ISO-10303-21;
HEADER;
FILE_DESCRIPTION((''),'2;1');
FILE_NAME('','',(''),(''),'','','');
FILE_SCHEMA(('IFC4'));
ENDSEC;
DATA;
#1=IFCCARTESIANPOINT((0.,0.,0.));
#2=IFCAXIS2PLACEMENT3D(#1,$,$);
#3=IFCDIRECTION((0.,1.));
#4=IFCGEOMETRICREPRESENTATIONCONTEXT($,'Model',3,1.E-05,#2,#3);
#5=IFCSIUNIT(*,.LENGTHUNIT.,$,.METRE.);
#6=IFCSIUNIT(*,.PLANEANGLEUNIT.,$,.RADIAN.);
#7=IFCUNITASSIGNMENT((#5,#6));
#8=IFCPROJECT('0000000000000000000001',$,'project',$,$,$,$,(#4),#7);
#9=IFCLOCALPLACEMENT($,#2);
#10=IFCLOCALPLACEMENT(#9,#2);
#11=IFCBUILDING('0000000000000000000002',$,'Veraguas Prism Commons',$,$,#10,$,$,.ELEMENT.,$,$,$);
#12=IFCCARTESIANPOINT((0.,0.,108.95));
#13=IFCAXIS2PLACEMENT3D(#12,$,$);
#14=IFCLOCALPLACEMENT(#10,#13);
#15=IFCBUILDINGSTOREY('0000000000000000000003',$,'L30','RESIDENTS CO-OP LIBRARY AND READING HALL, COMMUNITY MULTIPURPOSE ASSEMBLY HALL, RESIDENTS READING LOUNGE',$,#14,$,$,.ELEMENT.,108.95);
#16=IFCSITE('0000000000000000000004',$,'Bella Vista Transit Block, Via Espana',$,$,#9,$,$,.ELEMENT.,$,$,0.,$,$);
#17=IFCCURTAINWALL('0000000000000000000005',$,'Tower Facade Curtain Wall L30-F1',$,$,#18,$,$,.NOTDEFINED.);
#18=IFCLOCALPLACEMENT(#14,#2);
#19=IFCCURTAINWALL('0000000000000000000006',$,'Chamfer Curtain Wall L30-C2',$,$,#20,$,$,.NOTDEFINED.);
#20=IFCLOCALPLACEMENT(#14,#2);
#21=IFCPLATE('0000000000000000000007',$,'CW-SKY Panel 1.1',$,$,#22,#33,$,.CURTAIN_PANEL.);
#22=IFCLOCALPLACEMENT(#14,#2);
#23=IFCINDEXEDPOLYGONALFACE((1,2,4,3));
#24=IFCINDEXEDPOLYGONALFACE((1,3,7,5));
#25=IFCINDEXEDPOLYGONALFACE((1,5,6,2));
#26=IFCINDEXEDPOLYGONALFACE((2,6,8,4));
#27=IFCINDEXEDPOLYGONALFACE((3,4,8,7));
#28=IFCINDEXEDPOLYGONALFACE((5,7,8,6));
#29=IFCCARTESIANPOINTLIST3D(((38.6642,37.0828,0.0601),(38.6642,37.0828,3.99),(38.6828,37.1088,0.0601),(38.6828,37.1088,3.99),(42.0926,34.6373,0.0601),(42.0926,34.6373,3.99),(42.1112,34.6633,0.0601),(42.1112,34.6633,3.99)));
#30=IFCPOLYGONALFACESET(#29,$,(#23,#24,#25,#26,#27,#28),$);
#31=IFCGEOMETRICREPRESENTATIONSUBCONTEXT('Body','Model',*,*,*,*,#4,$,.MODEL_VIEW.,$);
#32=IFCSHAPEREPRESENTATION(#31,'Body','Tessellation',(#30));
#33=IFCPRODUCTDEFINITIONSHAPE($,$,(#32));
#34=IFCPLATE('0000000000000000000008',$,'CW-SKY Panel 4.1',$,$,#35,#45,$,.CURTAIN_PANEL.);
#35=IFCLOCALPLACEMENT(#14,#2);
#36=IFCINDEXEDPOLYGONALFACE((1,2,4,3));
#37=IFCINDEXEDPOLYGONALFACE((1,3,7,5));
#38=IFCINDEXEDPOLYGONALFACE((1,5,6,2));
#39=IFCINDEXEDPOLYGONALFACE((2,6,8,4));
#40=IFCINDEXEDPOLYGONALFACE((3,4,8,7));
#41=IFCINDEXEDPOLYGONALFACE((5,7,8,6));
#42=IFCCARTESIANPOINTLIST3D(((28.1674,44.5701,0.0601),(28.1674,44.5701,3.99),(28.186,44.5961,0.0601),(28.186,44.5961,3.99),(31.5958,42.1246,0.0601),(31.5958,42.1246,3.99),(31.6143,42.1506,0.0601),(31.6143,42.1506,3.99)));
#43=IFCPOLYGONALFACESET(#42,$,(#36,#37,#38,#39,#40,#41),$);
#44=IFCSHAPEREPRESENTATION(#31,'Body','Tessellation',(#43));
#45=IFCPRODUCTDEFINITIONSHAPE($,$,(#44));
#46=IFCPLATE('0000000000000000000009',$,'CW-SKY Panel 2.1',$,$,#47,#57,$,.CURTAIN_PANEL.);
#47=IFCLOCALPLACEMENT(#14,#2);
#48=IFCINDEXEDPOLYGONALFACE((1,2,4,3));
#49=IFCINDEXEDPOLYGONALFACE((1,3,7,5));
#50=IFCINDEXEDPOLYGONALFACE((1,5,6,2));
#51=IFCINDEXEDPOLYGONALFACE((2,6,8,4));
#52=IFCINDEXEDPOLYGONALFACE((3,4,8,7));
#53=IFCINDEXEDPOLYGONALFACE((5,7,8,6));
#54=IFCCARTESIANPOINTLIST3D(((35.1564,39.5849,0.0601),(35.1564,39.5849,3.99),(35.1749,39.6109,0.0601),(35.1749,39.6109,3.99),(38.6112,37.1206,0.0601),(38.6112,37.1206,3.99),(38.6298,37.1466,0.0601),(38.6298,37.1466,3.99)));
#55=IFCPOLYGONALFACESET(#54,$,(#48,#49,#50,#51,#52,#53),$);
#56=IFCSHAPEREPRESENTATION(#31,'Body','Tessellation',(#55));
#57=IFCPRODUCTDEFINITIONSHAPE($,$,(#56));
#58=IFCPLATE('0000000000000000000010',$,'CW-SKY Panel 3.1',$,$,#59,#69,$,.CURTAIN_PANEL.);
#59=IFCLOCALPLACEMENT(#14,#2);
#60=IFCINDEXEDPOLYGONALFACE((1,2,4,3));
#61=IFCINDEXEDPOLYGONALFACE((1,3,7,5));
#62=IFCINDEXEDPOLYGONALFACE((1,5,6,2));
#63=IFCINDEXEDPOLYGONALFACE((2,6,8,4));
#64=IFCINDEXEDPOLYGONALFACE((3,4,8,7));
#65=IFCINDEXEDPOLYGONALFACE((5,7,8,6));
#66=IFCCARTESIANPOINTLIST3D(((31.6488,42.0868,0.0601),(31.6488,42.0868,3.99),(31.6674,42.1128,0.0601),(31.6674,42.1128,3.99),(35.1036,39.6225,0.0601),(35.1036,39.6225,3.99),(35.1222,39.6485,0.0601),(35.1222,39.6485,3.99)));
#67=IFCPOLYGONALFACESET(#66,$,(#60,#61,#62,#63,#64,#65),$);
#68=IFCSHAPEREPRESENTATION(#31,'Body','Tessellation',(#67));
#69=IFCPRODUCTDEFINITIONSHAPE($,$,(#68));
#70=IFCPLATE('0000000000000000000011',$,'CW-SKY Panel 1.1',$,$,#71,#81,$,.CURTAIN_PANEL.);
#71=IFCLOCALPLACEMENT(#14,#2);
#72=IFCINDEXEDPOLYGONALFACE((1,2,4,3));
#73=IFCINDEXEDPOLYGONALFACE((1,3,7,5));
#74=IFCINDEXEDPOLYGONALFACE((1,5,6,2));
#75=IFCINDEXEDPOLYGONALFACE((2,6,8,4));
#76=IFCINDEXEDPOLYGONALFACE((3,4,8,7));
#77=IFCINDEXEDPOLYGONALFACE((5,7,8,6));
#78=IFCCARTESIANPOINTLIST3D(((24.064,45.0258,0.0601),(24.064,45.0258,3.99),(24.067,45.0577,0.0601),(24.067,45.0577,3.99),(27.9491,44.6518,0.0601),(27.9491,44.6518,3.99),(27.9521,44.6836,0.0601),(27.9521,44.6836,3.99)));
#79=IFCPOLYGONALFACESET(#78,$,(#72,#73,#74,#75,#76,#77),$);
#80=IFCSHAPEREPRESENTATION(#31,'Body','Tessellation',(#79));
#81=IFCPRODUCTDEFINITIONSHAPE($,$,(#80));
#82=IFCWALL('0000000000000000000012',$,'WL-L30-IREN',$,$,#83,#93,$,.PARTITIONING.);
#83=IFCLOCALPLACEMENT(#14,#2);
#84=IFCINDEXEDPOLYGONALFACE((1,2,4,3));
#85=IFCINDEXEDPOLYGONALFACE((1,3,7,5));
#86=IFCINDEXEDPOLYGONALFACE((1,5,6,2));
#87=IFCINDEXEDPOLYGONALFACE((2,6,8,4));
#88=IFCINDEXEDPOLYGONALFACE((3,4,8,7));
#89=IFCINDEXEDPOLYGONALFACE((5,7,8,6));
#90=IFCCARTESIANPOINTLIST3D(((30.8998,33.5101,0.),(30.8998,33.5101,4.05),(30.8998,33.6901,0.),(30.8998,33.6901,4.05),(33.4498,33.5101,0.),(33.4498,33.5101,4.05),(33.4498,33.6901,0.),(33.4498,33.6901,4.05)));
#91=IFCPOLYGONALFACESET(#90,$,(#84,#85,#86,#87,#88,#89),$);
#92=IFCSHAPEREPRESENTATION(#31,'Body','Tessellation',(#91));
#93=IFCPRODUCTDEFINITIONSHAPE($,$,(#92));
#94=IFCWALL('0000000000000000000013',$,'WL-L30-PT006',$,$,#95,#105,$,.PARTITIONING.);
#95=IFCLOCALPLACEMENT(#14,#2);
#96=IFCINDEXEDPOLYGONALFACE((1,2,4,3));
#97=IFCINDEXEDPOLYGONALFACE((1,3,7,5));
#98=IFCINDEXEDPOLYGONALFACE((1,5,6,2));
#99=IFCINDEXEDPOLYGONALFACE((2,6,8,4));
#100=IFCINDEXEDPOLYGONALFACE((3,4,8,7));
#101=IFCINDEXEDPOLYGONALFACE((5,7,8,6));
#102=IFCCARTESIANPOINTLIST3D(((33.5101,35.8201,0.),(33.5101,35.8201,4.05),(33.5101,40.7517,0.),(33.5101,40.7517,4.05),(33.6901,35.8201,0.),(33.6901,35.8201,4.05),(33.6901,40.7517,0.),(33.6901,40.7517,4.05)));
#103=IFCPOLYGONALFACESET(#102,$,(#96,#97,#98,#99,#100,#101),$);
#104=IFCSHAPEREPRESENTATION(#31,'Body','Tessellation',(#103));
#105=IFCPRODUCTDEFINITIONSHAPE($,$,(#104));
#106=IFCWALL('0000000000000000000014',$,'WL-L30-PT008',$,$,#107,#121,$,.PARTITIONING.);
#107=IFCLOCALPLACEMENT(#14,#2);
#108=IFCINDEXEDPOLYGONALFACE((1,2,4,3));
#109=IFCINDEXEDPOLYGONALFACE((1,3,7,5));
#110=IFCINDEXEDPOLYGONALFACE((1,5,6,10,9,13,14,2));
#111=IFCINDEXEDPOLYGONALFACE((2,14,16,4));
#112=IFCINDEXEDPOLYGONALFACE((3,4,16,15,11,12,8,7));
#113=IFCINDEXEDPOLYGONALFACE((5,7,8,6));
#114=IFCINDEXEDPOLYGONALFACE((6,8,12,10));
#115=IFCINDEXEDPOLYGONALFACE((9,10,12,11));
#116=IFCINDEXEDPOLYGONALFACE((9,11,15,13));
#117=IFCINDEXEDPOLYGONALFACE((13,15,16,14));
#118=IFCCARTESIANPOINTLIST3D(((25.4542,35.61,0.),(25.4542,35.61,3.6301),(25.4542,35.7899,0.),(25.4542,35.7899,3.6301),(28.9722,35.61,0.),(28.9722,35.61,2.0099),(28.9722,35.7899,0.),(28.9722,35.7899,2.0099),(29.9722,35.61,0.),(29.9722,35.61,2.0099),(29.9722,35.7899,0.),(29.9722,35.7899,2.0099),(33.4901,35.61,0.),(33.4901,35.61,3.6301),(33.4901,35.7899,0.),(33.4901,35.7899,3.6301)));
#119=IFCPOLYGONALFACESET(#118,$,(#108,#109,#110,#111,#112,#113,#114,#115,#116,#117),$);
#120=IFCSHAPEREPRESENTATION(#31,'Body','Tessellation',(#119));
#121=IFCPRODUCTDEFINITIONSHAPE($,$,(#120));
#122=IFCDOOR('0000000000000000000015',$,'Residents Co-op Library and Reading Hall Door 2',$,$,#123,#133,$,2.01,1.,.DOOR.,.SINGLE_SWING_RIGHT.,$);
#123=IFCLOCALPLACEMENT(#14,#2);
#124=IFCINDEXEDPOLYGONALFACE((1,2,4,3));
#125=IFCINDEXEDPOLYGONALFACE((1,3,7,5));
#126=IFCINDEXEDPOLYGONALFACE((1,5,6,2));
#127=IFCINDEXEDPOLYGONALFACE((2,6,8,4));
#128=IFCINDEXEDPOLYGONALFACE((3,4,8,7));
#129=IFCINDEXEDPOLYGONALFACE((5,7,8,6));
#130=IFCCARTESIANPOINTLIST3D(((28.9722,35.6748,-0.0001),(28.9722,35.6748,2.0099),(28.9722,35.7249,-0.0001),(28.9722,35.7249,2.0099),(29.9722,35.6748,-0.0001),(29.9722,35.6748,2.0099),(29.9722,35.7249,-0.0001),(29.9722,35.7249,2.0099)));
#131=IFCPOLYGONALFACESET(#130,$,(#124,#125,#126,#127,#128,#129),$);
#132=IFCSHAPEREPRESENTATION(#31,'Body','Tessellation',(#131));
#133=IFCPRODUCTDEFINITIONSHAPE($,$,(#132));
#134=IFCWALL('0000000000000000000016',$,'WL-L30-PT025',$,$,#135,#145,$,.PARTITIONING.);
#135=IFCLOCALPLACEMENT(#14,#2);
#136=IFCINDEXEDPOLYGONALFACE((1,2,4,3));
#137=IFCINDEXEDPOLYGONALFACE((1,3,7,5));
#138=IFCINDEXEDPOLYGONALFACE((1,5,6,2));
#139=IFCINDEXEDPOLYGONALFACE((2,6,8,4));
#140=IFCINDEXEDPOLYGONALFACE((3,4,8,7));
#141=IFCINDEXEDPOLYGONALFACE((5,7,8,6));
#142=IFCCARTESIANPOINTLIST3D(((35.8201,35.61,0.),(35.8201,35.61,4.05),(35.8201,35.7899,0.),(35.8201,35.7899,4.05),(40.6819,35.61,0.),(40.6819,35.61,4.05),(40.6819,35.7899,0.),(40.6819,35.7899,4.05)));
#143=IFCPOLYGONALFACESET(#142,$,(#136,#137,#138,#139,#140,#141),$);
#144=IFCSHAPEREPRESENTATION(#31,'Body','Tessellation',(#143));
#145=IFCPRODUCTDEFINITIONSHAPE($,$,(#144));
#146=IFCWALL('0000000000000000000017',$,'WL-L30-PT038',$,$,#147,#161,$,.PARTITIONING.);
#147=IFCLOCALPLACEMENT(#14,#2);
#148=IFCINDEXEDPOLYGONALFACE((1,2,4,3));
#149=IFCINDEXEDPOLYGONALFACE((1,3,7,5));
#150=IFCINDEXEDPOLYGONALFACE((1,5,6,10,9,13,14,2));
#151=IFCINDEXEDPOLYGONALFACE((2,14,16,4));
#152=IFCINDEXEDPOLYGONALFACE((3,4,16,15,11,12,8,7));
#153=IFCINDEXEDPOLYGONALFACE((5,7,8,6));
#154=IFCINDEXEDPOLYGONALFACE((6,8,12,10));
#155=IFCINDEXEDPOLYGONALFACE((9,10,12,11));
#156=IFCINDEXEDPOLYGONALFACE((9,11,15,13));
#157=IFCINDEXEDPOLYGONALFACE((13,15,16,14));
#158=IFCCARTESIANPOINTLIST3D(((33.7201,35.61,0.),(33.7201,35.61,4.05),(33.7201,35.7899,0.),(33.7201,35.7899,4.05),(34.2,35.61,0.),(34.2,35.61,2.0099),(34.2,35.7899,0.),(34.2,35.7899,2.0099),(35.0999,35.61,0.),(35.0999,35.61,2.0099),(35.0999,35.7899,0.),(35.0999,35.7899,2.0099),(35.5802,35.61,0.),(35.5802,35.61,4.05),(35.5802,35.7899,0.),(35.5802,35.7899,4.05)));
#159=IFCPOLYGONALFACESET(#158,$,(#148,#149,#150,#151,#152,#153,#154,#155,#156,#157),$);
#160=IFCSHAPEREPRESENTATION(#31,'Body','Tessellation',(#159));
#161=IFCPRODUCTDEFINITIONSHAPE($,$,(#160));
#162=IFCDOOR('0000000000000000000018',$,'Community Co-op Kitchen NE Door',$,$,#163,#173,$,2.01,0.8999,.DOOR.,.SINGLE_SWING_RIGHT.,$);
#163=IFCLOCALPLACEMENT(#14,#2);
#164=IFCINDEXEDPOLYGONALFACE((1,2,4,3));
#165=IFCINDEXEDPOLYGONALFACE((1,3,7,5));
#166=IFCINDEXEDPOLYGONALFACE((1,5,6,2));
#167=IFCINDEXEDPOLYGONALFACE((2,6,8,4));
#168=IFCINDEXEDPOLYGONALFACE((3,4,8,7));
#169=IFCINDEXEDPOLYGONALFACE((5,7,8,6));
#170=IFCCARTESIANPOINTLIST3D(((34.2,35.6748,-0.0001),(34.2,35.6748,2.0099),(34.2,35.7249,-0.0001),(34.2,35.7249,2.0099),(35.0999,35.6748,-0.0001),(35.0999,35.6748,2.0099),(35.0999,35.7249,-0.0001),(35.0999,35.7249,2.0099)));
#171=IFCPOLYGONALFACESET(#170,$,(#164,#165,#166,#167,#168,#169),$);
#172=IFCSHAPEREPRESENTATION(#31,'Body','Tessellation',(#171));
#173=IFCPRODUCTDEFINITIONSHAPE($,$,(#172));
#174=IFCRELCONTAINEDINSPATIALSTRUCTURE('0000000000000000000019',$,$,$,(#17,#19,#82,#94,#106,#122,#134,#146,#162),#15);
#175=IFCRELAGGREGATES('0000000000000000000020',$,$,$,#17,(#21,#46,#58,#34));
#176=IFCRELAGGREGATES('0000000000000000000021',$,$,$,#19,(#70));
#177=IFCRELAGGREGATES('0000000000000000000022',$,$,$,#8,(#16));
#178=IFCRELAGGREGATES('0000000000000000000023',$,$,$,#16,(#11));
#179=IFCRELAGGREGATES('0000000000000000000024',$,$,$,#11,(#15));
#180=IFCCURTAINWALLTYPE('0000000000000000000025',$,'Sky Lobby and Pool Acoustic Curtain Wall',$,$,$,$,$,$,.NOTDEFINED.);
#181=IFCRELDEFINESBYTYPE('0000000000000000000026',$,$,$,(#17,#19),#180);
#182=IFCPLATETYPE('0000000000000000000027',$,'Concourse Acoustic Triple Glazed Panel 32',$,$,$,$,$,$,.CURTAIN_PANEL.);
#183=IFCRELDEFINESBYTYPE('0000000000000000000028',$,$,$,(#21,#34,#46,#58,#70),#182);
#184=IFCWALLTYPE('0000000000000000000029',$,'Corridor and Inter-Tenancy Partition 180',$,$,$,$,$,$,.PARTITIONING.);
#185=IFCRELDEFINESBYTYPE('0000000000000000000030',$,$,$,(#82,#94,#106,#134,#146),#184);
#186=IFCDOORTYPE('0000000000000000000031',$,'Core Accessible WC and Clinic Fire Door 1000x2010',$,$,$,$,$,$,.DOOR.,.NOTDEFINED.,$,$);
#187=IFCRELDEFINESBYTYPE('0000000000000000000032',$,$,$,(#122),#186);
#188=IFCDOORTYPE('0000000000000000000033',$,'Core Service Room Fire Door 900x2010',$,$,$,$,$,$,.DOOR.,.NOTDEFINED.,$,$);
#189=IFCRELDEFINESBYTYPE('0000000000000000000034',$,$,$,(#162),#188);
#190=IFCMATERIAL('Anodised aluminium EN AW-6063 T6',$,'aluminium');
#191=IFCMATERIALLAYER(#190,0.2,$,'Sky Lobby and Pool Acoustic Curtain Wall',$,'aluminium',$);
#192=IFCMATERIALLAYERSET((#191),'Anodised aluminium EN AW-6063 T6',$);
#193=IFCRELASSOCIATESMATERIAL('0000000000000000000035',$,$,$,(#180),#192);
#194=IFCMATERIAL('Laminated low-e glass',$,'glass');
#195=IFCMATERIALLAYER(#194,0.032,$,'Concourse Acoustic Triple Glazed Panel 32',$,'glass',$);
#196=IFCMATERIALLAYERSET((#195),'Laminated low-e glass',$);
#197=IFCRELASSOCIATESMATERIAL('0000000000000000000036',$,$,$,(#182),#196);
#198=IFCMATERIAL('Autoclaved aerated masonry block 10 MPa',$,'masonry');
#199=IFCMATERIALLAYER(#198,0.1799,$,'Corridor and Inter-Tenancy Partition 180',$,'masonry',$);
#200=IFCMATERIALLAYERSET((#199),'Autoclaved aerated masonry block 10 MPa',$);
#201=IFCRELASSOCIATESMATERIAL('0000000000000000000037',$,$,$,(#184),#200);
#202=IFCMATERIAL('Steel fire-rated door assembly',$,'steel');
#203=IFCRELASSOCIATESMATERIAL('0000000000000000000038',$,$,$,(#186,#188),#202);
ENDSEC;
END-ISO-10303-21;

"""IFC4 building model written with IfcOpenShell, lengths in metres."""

from ifc_helpers import new_model, si_unit, direction, frame, frame_2d, origin, origin_2d, place, context, subcontext, project, spatial, rectangle, extrude, source, transform, mapped, material, layer, layer_set, type_object, element, fill, aggregate, save


model = new_model("IFC4")

# Units and contexts
model_context = context("Model", 3, precision=1e-05, world=origin(), true_north=direction((0.0, 1.0)))
body_context = subcontext(model_context, "Body", "Model", "MODEL_VIEW")
ifc_project = project(units=[si_unit("LENGTHUNIT", "METRE"), si_unit("PLANEANGLEUNIT", "RADIAN")], contexts=[model_context])

# Site, building, storey
site_placement = place(None, origin())
site = spatial("IfcSite", under=ifc_project, at=site_placement, Name="Bella Vista Transit Block, Via Espana", CompositionType="ELEMENT", RefElevation=0.0)
building_placement = place(site_placement, origin())
building = spatial("IfcBuilding", under=site, at=building_placement, Name="Veraguas Prism Commons", CompositionType="ELEMENT")
storey_placement = place(building_placement, frame((0.0, 0.0, 108.95)))
storey = spatial("IfcBuildingStorey", under=building, at=storey_placement, Name="L30", Description="RESIDENTS CO-OP LIBRARY AND READING HALL, COMMUNITY MULTIPURPOSE ASSEMBLY HALL, RESIDENTS READING LOUNGE", CompositionType="ELEMENT", Elevation=108.95)

# Curtain wall
ifc_material_1 = material(Name="Anodised aluminium EN AW-6063 T6", Category="aluminium")
ifc_layer_1 = layer(ifc_material_1, 0.2, Name="Sky Lobby and Pool Acoustic Curtain Wall", Category="aluminium")
ifc_layer_set_1 = layer_set([ifc_layer_1], Name="Anodised aluminium EN AW-6063 T6")
curtain_wall_type = type_object("IfcCurtainWallType", Name="Sky Lobby and Pool Acoustic Curtain Wall", PredefinedType="NOTDEFINED", material=ifc_layer_set_1)
curtain_wall_1_placement = place(storey_placement, origin())
curtain_wall_1 = element("IfcCurtainWall", 1, at=curtain_wall_1_placement, inside=storey, type_object=curtain_wall_type, Name="Tower Facade Curtain Wall L30-F1", PredefinedType="NOTDEFINED")

# Curtain wall
curtain_wall_2_placement = place(storey_placement, origin())
curtain_wall_2 = element("IfcCurtainWall", 2, at=curtain_wall_2_placement, inside=storey, type_object=curtain_wall_type, Name="Chamfer Curtain Wall L30-C2", PredefinedType="NOTDEFINED")

# Plates
ifc_material_2 = material(Name="Laminated low-e glass", Category="glass")
ifc_layer_2 = layer(ifc_material_2, 0.032, Name="Concourse Acoustic Triple Glazed Panel 32", Category="glass")
ifc_layer_set_2 = layer_set([ifc_layer_2], Name="Laminated low-e glass")
plate_type = type_object("IfcPlateType", Name="Concourse Acoustic Triple Glazed Panel 32", PredefinedType="CURTAIN_PANEL", material=ifc_layer_set_2)
shared_shape_1 = source(origin(), body_context, "Body", "SweptSolid", [
    extrude(rectangle(XDim=4.2112, YDim=0.032, at=origin_2d()), origin(), (0.0, 0.0, 1.0), 3.9299),
])
plate_1_placement = place(storey_placement, frame((40.3877, 35.873, 0.0601), z_axis=(0.0, 0.0, 1.0), x_axis=(-0.814115, 0.580704, 0.0)))
plate_1 = element("IfcPlate", 3, at=plate_1_placement, type_object=plate_type, Name="CW-SKY Panel 1.1", PredefinedType="CURTAIN_PANEL", context=body_context, shape_type="MappedRepresentation", body=[
    mapped(shared_shape_1, transform((0.0, 0.0, 0.0), scale=1.0)),
])
plate_2_placement = place(storey_placement, frame((29.8909, 43.3604, 0.0601), z_axis=(0.0, 0.0, 1.0), x_axis=(-0.814115, 0.580704, 0.0)))
plate_2 = element("IfcPlate", 4, at=plate_2_placement, type_object=plate_type, Name="CW-SKY Panel 4.1", PredefinedType="CURTAIN_PANEL", context=body_context, shape_type="MappedRepresentation", body=[
    mapped(shared_shape_1, transform((0.0, 0.0, 0.0), scale=1.0)),
])
shared_shape_2 = source(origin(), body_context, "Body", "SweptSolid", [
    extrude(rectangle(XDim=4.2437, YDim=0.032, at=origin_2d()), origin(), (0.0, 0.0, 1.0), 3.9299),
])
plate_3_placement = place(storey_placement, frame((36.8931, 38.3657, 0.0601), z_axis=(0.0, 0.0, 1.0), x_axis=(-0.814115, 0.580704, 0.0)))
plate_3 = element("IfcPlate", 5, at=plate_3_placement, type_object=plate_type, Name="CW-SKY Panel 2.1", PredefinedType="CURTAIN_PANEL", context=body_context, shape_type="MappedRepresentation", body=[
    mapped(shared_shape_2, transform((0.0, 0.0, 0.0), scale=1.0)),
])
plate_4_placement = place(storey_placement, frame((33.3855, 40.8677, 0.0601), z_axis=(0.0, 0.0, 1.0), x_axis=(-0.814115, 0.580704, 0.0)))
plate_4 = element("IfcPlate", 6, at=plate_4_placement, type_object=plate_type, Name="CW-SKY Panel 3.1", PredefinedType="CURTAIN_PANEL", context=body_context, shape_type="MappedRepresentation", body=[
    mapped(shared_shape_2, transform((0.0, 0.0, 0.0), scale=1.0)),
])
aggregate(curtain_wall_1, [plate_1, plate_3, plate_4, plate_2])
shared_shape_3 = source(origin(), body_context, "Body", "SweptSolid", [
    extrude(rectangle(XDim=3.9031, YDim=0.032, at=origin_2d()), origin(), (0.0, 0.0, 1.0), 3.9299),
])
plate_5_placement = place(storey_placement, frame((26.0081, 44.8547, 0.0601), z_axis=(0.0, 0.0, 1.0), x_axis=(-0.995398, 0.09583, 0.0)))
plate_5 = element("IfcPlate", 7, at=plate_5_placement, type_object=plate_type, Name="CW-SKY Panel 1.1", PredefinedType="CURTAIN_PANEL", context=body_context, shape_type="MappedRepresentation", body=[
    mapped(shared_shape_3, transform((0.0, 0.0, 0.0), scale=1.0)),
])
aggregate(curtain_wall_2, [plate_5])

# Walls
ifc_material_3 = material(Name="Autoclaved aerated masonry block 10 MPa", Category="masonry")
ifc_layer_3 = layer(ifc_material_3, 0.1799, Name="Corridor and Inter-Tenancy Partition 180", Category="masonry")
ifc_layer_set_3 = layer_set([ifc_layer_3], Name="Autoclaved aerated masonry block 10 MPa")
wall_type = type_object("IfcWallType", Name="Corridor and Inter-Tenancy Partition 180", PredefinedType="PARTITIONING", material=ifc_layer_set_3)
wall_1_placement = place(storey_placement, frame((30.8999, 33.6001, 0.0), z_axis=(0.0, 0.0, 1.0), x_axis=(1.0, 0.0, 0.0)))
element("IfcWall", 8, at=wall_1_placement, inside=storey, type_object=wall_type, Name="WL-L30-IREN", PredefinedType="PARTITIONING", context=body_context, shape_type="SweptSolid", body=[
    extrude(rectangle(XDim=2.55, YDim=0.1799, at=frame_2d((1.2749, 0.0))), origin(), (0.0, 0.0, 1.0), 4.05),
])
wall_2_placement = place(storey_placement, frame((33.6001, 35.8201, 0.0), z_axis=(0.0, 0.0, 1.0), x_axis=(0.0, 1.0, 0.0)))
element("IfcWall", 9, at=wall_2_placement, inside=storey, type_object=wall_type, Name="WL-L30-PT006", PredefinedType="PARTITIONING", context=body_context, shape_type="SweptSolid", body=[
    extrude(rectangle(XDim=4.9316, YDim=0.1799, at=frame_2d((2.4658, 0.0))), origin(), (0.0, 0.0, 1.0), 4.05),
])

# Wall, opening, door
wall_3_placement = place(storey_placement, frame((25.4541, 35.7, 0.0), z_axis=(0.0, 0.0, 1.0), x_axis=(1.0, 0.0, 0.0)))
wall_3 = element("IfcWall", 10, at=wall_3_placement, inside=storey, type_object=wall_type, Name="WL-L30-PT008", PredefinedType="PARTITIONING", context=body_context, shape_type="SweptSolid", body=[
    extrude(rectangle(XDim=8.0359, YDim=0.1799, at=frame_2d((4.0181, 0.0))), origin(), (0.0, 0.0, 1.0), 3.6301),
])
opening_1_placement = place(wall_3_placement, frame((3.5181, 0.0, 0.0)))
opening_1 = element("IfcOpeningElement", 11, at=opening_1_placement, cuts=wall_3, PredefinedType="OPENING", context=body_context, shape_type="SweptSolid", body=[
    extrude(rectangle(XDim=1.0, YDim=2.01, at=frame_2d((0.5, 1.0049))), frame((0.0, 0.0999, 0.0), z_axis=(0.0, -1.0, 0.0), x_axis=(1.0, 0.0, 0.0)), (0.0, 0.0, 1.0), 0.2),
])
ifc_material_4 = material(Name="Steel fire-rated door assembly", Category="steel")
door_type_1 = type_object("IfcDoorType", Name="Core Accessible WC and Clinic Fire Door 1000x2010", OperationType="NOTDEFINED", PredefinedType="DOOR", material=ifc_material_4)
shared_shape_4 = source(origin(), body_context, "Body", "SweptSolid", [
    extrude(rectangle(XDim=1.0, YDim=2.01, at=frame_2d((0.5, 1.0049))), frame((0.0, 0.0249, 0.0), z_axis=(0.0, -1.0, 0.0), x_axis=(1.0, 0.0, 0.0)), (0.0, 0.0, 1.0), 0.05),
])
door_1_placement = place(opening_1_placement, origin())
door_1 = element("IfcDoor", 12, at=door_1_placement, inside=storey, type_object=door_type_1, Name="Residents Co-op Library and Reading Hall Door 2", OperationType="SINGLE_SWING_RIGHT", OverallHeight=2.01, OverallWidth=1.0, PredefinedType="DOOR", context=body_context, shape_type="MappedRepresentation", body=[
    mapped(shared_shape_4, transform((0.0, 0.0, 0.0), scale=1.0)),
])
fill(opening_1, door_1)

# Wall
wall_4_placement = place(storey_placement, frame((35.8201, 35.7, 0.0), z_axis=(0.0, 0.0, 1.0), x_axis=(1.0, 0.0, 0.0)))
element("IfcWall", 13, at=wall_4_placement, inside=storey, type_object=wall_type, Name="WL-L30-PT025", PredefinedType="PARTITIONING", context=body_context, shape_type="SweptSolid", body=[
    extrude(rectangle(XDim=4.8618, YDim=0.1799, at=frame_2d((2.4309, 0.0))), origin(), (0.0, 0.0, 1.0), 4.05),
])

# Wall, opening, door
wall_5_placement = place(storey_placement, frame((33.72, 35.7, 0.0), z_axis=(0.0, 0.0, 1.0), x_axis=(1.0, 0.0, 0.0)))
wall_5 = element("IfcWall", 14, at=wall_5_placement, inside=storey, type_object=wall_type, Name="WL-L30-PT038", PredefinedType="PARTITIONING", context=body_context, shape_type="SweptSolid", body=[
    extrude(rectangle(XDim=1.8601, YDim=0.1799, at=frame_2d((0.9302, 0.0))), origin(), (0.0, 0.0, 1.0), 4.05),
])
opening_2_placement = place(wall_5_placement, frame((0.48, 0.0, 0.0)))
opening_2 = element("IfcOpeningElement", 15, at=opening_2_placement, cuts=wall_5, PredefinedType="OPENING", context=body_context, shape_type="SweptSolid", body=[
    extrude(rectangle(XDim=0.8999, YDim=2.01, at=frame_2d((0.45, 1.0049))), frame((0.0, 0.0999, 0.0), z_axis=(0.0, -1.0, 0.0), x_axis=(1.0, 0.0, 0.0)), (0.0, 0.0, 1.0), 0.2),
])
door_type_2 = type_object("IfcDoorType", Name="Core Service Room Fire Door 900x2010", OperationType="NOTDEFINED", PredefinedType="DOOR", material=ifc_material_4)
shared_shape_5 = source(origin(), body_context, "Body", "SweptSolid", [
    extrude(rectangle(XDim=0.8999, YDim=2.01, at=frame_2d((0.45, 1.0049))), frame((0.0, 0.0249, 0.0), z_axis=(0.0, -1.0, 0.0), x_axis=(1.0, 0.0, 0.0)), (0.0, 0.0, 1.0), 0.05),
])
door_2_placement = place(opening_2_placement, origin())
door_2 = element("IfcDoor", 16, at=door_2_placement, inside=storey, type_object=door_type_2, Name="Community Co-op Kitchen NE Door", OperationType="SINGLE_SWING_RIGHT", OverallHeight=2.01, OverallWidth=0.8999, PredefinedType="DOOR", context=body_context, shape_type="MappedRepresentation", body=[
    mapped(shared_shape_5, transform((0.0, 0.0, 0.0), scale=1.0)),
])
fill(opening_2, door_2)

save(model, "model.ifc")
